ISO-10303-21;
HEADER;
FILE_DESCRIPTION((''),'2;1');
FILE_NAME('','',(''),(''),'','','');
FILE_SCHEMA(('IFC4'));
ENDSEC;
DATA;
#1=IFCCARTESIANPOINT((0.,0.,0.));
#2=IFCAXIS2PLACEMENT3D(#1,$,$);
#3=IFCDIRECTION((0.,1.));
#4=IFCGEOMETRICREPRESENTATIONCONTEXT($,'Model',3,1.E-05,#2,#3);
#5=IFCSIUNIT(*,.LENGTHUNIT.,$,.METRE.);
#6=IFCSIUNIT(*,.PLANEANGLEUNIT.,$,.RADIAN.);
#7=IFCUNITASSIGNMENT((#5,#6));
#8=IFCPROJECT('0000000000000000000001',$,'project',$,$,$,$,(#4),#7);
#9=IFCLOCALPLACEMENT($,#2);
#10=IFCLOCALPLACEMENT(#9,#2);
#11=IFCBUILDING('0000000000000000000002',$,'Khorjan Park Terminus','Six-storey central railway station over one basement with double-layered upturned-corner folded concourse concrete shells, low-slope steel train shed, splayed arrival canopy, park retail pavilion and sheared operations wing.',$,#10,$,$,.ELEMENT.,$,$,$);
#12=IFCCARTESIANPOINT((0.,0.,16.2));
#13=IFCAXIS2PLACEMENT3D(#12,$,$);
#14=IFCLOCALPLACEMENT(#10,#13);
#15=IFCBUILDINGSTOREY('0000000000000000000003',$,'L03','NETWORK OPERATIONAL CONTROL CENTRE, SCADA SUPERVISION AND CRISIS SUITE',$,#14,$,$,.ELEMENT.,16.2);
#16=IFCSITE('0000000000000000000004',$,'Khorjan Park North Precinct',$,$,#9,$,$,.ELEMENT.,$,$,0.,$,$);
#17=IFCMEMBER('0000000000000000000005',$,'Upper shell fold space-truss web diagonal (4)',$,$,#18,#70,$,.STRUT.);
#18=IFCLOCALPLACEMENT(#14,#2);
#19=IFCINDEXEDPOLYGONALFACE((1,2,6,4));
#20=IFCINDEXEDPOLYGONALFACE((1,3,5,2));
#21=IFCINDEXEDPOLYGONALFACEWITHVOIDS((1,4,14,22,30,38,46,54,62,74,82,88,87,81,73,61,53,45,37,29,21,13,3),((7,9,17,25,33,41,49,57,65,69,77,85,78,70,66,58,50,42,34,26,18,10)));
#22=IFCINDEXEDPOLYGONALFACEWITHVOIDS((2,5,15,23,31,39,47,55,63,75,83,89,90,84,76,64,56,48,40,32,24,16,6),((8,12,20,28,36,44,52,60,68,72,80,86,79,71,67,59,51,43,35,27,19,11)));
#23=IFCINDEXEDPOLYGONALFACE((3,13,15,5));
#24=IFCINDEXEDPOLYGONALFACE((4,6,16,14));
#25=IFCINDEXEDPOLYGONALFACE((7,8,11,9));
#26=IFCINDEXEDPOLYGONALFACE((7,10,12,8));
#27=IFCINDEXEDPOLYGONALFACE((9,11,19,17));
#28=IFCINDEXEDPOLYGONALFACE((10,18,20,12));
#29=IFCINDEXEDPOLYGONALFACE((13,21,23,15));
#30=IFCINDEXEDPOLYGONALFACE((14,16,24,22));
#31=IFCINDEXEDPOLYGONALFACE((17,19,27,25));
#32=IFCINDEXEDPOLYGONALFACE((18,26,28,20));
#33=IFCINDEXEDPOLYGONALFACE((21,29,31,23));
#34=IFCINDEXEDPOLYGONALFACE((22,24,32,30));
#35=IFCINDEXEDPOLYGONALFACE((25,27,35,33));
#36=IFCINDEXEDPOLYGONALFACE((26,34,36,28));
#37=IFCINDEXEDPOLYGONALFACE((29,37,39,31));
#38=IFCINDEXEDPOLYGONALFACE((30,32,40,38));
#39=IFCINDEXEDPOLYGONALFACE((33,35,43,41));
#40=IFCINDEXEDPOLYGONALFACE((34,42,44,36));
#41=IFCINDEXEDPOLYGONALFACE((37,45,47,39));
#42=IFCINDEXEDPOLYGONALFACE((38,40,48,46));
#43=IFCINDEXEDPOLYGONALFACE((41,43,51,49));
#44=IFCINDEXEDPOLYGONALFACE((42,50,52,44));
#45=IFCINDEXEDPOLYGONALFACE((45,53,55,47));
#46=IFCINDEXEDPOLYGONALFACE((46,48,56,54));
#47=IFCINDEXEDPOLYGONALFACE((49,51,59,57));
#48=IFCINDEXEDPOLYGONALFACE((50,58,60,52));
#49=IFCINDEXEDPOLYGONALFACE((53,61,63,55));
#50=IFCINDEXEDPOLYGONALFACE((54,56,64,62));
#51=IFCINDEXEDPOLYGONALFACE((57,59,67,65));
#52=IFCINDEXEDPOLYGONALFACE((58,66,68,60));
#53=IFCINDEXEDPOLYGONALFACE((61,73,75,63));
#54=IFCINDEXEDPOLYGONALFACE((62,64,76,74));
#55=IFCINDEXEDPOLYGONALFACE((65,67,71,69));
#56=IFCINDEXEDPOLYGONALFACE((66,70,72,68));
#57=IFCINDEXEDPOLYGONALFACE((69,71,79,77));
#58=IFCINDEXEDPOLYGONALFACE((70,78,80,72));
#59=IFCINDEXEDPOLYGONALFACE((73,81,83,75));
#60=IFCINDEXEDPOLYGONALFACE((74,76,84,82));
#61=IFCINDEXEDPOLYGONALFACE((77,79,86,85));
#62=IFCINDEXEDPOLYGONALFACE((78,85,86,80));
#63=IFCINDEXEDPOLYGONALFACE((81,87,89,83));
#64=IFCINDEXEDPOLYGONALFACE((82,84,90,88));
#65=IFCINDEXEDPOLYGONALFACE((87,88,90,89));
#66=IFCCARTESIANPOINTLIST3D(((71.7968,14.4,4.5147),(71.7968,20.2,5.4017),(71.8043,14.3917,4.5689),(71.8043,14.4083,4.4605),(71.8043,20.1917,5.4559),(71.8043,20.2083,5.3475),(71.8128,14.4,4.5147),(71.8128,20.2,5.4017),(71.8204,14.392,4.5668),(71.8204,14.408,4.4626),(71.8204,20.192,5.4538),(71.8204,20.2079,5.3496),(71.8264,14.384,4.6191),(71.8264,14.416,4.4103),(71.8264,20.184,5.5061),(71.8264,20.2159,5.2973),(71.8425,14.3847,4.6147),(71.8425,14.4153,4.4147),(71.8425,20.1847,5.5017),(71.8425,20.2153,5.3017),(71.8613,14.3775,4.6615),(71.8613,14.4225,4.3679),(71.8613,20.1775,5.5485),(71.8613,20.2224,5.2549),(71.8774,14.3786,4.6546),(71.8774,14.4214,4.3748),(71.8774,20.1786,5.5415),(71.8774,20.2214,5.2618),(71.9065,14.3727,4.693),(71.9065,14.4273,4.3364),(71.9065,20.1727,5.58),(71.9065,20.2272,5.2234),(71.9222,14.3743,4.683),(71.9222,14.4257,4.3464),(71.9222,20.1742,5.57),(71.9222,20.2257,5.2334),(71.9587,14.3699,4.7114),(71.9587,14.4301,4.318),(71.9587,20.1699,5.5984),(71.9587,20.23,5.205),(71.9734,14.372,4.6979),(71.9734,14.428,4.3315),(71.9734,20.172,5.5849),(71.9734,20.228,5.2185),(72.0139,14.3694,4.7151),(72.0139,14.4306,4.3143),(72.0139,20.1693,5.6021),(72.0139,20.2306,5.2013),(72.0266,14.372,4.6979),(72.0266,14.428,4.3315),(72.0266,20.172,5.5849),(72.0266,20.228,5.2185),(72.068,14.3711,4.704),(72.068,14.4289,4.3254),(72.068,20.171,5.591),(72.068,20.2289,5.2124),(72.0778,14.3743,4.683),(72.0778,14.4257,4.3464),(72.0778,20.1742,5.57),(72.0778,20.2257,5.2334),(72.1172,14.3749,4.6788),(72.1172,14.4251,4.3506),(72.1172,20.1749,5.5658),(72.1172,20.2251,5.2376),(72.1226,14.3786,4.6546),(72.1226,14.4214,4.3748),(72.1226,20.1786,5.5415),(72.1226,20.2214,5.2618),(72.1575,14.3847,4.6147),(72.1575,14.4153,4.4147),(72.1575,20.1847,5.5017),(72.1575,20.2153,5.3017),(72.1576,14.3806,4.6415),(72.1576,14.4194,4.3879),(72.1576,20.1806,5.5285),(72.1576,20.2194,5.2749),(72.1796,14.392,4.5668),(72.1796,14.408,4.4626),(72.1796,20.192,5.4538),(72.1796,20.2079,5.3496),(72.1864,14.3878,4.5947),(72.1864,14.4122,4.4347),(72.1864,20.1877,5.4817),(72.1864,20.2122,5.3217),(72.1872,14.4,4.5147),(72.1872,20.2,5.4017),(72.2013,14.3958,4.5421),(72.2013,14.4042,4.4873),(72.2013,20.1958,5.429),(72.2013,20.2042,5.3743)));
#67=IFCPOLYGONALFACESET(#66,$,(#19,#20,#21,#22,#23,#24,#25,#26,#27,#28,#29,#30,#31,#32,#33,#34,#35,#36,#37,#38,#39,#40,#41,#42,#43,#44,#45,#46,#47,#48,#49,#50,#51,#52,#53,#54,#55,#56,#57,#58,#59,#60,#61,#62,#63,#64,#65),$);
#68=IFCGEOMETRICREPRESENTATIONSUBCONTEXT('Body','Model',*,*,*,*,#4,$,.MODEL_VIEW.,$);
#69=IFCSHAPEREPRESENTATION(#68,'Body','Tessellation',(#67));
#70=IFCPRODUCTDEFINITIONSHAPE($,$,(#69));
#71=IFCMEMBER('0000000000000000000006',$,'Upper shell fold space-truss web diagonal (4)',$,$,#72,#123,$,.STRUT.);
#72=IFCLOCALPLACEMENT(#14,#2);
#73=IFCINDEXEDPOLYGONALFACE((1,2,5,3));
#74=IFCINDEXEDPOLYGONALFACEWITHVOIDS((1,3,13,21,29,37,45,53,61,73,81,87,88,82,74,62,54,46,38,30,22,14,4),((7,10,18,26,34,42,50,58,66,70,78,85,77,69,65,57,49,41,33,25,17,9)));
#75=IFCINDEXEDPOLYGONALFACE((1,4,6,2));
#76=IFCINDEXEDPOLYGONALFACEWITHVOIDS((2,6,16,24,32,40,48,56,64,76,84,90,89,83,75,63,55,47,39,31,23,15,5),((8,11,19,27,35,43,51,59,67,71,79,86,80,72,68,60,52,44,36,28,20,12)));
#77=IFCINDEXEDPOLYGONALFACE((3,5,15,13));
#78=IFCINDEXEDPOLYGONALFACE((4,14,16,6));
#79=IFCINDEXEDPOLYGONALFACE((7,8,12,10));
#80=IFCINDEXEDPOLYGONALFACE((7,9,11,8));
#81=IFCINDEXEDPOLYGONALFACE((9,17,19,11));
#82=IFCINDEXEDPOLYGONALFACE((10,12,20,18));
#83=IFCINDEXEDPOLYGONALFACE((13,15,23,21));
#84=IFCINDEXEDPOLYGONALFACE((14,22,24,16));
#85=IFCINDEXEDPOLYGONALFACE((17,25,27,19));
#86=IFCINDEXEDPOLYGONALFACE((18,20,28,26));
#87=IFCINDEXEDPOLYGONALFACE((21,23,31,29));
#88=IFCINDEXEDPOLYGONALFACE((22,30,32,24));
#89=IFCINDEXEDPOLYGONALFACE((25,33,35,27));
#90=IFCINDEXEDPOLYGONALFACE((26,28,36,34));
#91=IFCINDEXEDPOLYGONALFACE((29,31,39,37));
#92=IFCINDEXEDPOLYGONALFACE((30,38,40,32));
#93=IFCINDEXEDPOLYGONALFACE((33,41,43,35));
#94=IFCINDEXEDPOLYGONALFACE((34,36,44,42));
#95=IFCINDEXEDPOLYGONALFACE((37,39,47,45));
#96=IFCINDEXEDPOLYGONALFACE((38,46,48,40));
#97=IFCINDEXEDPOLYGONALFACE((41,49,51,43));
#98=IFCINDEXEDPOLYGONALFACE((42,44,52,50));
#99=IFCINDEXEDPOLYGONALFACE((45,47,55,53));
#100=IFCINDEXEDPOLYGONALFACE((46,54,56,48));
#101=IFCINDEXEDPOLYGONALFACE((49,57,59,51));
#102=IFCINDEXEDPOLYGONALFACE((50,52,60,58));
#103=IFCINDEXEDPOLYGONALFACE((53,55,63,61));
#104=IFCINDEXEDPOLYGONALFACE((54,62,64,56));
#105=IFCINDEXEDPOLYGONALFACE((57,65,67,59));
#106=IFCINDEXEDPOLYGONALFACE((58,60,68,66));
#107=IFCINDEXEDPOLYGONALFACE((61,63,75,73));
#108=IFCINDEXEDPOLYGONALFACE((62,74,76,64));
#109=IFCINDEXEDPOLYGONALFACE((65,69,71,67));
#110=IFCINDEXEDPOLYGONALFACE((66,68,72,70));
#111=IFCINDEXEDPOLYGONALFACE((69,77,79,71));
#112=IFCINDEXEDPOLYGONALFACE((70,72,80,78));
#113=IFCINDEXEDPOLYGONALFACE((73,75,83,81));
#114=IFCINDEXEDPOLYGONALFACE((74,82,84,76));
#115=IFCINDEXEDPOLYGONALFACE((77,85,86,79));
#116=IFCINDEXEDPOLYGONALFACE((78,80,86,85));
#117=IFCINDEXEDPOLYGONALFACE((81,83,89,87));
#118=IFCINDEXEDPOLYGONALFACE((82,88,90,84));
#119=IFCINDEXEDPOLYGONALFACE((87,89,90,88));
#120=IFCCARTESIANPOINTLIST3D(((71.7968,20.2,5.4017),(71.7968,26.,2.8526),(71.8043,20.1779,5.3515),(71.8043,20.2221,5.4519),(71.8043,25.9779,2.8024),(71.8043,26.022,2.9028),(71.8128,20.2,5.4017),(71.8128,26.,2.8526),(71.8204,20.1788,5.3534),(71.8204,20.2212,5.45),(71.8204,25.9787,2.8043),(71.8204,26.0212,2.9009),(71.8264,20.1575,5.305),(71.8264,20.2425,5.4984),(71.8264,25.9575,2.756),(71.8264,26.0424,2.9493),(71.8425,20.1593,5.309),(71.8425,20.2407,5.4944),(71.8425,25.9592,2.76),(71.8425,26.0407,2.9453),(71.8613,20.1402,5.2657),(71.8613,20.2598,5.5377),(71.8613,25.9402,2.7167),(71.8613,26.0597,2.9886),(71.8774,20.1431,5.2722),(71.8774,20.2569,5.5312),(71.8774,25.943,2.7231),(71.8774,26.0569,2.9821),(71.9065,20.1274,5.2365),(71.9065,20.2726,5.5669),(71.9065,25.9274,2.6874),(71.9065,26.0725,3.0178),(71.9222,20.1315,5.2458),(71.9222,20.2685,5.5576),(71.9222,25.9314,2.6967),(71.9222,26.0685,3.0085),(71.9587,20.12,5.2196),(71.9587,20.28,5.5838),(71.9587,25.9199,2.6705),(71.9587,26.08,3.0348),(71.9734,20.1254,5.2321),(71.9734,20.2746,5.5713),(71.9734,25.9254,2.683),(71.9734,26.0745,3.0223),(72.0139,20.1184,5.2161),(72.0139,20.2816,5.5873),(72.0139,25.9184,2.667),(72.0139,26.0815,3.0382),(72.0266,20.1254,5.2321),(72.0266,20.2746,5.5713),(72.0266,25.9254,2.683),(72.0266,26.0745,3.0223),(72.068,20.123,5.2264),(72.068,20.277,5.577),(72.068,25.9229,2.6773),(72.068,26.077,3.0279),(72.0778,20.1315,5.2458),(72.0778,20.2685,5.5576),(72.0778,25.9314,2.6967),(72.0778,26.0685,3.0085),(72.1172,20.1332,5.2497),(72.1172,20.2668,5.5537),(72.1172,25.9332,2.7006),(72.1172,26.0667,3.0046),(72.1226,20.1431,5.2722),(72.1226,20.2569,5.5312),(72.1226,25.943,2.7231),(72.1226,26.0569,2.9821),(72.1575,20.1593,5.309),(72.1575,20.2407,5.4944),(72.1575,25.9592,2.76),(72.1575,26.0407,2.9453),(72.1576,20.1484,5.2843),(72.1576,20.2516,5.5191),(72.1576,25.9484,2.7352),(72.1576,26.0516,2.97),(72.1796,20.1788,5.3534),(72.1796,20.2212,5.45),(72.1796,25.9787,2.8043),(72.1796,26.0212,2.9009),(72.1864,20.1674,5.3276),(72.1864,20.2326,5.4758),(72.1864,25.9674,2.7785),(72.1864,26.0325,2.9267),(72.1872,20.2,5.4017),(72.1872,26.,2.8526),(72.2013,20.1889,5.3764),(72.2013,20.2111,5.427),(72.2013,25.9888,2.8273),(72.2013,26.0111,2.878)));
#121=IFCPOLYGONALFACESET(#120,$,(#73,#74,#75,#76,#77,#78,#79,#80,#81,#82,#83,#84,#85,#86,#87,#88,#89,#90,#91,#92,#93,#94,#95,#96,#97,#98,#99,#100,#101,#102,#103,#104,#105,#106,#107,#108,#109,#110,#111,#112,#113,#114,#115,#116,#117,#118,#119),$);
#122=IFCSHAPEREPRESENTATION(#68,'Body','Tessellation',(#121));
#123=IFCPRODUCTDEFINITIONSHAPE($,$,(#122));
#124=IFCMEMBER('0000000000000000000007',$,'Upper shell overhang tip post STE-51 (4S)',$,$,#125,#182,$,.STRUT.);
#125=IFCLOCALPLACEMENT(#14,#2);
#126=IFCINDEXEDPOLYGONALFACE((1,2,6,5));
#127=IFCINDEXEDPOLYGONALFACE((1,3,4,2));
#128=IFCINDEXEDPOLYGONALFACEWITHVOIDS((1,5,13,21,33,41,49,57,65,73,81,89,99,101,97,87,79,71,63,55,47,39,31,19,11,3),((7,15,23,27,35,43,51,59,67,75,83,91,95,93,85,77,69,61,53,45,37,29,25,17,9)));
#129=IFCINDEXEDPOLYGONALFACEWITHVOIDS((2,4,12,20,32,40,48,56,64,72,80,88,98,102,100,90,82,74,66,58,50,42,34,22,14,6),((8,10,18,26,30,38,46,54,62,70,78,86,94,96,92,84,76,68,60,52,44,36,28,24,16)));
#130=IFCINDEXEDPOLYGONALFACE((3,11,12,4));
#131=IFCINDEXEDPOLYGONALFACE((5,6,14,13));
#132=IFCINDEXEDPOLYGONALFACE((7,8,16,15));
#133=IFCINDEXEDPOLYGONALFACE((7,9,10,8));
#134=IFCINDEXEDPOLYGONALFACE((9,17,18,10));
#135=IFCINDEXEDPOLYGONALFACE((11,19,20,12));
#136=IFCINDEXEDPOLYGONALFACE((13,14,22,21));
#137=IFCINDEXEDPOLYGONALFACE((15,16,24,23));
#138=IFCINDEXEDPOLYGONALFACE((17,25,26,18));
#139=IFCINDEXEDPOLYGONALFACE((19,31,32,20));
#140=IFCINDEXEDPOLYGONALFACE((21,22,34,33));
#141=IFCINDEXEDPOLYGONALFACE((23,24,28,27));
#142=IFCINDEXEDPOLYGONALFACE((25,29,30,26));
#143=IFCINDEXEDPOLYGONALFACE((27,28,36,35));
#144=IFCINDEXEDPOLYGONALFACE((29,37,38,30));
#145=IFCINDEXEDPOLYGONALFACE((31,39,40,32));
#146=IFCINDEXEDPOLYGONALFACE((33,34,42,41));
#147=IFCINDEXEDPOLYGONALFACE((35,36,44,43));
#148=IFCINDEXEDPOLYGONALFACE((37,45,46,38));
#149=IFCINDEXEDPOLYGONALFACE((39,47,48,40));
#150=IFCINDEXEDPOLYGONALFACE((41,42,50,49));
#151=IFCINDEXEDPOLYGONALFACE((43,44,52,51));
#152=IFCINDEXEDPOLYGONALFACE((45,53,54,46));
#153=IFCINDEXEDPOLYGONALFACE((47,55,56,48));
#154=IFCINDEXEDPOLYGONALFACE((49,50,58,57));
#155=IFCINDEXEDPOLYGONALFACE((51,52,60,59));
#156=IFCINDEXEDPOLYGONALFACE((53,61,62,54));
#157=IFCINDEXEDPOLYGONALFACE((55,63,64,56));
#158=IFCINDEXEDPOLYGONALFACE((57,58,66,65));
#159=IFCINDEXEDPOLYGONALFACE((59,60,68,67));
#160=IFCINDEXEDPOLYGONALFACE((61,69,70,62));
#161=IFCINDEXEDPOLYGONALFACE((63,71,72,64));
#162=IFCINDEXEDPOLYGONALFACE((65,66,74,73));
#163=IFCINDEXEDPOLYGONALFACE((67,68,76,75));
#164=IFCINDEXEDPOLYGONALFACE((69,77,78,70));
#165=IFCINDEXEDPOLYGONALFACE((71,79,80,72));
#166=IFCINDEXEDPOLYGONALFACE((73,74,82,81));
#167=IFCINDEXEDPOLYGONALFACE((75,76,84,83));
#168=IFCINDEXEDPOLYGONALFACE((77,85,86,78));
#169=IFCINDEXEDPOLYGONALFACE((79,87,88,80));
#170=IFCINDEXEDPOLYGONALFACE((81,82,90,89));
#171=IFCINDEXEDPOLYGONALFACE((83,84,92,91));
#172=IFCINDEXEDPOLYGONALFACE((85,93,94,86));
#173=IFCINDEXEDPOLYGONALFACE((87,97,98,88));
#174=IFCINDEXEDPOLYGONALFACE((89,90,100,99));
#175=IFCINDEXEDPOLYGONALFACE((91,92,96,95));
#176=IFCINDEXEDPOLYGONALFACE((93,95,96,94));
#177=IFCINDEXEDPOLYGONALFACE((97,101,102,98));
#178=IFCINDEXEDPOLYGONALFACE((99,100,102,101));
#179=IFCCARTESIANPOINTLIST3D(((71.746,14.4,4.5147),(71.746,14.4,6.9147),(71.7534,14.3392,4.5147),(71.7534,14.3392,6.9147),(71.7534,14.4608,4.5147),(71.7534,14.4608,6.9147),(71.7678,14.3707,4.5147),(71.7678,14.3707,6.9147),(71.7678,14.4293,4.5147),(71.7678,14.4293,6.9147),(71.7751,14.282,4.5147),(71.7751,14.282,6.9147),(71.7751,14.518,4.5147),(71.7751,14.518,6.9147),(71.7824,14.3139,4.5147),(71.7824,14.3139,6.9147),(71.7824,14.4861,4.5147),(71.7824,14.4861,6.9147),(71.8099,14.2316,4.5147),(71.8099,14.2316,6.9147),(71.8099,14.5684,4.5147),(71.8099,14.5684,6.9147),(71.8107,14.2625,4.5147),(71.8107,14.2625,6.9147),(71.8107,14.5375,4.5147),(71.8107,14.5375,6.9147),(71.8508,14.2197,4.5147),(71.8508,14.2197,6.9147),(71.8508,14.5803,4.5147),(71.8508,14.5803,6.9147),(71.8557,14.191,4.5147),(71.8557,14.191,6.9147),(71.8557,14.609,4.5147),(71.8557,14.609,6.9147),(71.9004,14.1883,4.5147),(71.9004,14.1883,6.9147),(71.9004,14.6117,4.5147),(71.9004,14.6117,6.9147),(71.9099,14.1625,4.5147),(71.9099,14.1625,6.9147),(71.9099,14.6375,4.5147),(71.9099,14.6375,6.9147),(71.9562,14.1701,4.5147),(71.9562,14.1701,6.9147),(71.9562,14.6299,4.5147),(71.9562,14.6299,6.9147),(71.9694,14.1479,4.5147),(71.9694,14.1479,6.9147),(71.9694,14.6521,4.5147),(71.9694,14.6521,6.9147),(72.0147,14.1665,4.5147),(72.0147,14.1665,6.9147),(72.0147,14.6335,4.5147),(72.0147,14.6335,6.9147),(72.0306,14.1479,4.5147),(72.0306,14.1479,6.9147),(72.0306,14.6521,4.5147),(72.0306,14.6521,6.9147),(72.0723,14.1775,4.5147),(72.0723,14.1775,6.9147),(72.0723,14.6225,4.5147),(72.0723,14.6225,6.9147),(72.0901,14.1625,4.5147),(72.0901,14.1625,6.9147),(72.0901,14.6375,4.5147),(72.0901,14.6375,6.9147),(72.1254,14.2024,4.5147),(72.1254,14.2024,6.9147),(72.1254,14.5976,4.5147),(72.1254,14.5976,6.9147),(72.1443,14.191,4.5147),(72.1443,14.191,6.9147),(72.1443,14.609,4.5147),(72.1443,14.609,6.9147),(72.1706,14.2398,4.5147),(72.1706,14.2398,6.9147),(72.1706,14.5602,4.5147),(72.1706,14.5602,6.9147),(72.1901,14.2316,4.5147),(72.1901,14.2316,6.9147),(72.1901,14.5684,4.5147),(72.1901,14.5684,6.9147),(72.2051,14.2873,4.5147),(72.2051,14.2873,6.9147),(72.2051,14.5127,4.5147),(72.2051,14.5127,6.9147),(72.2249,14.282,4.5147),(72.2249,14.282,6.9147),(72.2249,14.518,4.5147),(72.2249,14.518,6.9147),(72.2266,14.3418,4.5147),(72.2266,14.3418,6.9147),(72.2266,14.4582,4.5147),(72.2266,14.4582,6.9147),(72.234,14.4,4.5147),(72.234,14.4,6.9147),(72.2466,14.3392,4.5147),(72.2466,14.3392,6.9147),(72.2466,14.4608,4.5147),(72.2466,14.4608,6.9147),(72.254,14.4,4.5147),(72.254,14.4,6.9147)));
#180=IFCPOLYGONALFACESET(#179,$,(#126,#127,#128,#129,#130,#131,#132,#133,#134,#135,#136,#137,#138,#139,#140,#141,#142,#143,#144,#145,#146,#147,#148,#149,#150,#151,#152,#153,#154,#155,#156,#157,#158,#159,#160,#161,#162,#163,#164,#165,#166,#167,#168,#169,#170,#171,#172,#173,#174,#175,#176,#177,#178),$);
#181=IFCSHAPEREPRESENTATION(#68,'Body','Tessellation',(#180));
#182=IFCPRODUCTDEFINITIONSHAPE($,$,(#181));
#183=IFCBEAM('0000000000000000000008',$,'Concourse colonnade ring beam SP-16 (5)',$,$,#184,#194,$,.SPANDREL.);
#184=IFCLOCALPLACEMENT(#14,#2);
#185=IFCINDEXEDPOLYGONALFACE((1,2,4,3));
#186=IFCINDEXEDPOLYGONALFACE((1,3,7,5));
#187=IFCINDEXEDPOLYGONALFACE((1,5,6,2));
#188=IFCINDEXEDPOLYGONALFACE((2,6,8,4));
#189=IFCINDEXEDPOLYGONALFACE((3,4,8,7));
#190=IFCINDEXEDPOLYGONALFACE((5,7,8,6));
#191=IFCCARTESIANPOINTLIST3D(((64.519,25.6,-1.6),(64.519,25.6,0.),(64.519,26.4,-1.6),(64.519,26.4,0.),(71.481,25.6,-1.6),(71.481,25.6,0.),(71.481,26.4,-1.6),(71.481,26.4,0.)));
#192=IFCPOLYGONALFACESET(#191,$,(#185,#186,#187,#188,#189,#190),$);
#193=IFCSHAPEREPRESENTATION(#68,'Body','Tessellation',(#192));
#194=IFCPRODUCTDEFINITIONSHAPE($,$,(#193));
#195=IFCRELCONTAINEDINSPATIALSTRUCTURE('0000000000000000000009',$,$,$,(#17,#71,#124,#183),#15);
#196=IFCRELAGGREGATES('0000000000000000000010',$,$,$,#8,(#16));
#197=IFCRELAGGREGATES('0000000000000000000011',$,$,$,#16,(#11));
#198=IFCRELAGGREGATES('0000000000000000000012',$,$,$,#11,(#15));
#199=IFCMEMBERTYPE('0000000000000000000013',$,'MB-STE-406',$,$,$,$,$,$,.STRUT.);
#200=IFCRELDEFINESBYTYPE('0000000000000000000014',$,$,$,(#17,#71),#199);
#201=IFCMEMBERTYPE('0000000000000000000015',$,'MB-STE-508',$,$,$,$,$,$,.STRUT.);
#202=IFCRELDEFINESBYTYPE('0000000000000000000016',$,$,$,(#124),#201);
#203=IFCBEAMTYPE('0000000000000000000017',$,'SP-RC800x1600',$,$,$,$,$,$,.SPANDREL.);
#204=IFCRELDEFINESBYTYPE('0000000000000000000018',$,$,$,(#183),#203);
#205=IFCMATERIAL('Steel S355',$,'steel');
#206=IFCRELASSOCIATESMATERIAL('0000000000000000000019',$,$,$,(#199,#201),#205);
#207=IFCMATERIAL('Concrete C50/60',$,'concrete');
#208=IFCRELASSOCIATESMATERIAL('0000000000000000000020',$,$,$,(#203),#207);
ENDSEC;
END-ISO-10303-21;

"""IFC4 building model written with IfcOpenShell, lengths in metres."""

from ifc_helpers import new_model, si_unit, direction, frame, origin, origin_2d, place, context, subcontext, project, spatial, rectangle, hollow_circle, extrude, material, material_profile, profile_set, type_object, element, save


model = new_model("IFC4")

# Units and contexts
model_context = context("Model", 3, precision=1e-05, world=origin(), true_north=direction((0.0, 1.0)))
body_context = subcontext(model_context, "Body", "Model", "MODEL_VIEW")
ifc_project = project(units=[si_unit("LENGTHUNIT", "METRE"), si_unit("PLANEANGLEUNIT", "RADIAN")], contexts=[model_context])

# Site, building, storey
site_placement = place(None, origin())
site = spatial("IfcSite", under=ifc_project, at=site_placement, Name="Khorjan Park North Precinct", CompositionType="ELEMENT", RefElevation=0.0)
building_placement = place(site_placement, origin())
building = spatial("IfcBuilding", under=site, at=building_placement, Name="Khorjan Park Terminus", Description="Six-storey central railway station over one basement with double-layered upturned-corner folded concourse concrete shells, low-slope steel train shed, splayed arrival canopy, park retail pavilion and sheared operations wing.", CompositionType="ELEMENT")
storey_placement = place(building_placement, frame((0.0, 0.0, 16.2)))
storey = spatial("IfcBuildingStorey", under=building, at=storey_placement, Name="L03", Description="NETWORK OPERATIONAL CONTROL CENTRE, SCADA SUPERVISION AND CRISIS SUITE", CompositionType="ELEMENT", Elevation=16.2)

# Shared definitions
ifc_material_1 = material(Name="Concrete C50/60", Category="concrete")

# Members
ifc_material_2 = material(Name="Steel S355", Category="steel")
ifc_material_profile_1 = material_profile(ifc_material_2, hollow_circle(Radius=0.2032, WallThickness=0.016, at=origin_2d()), Name="CHS 406.4x16")
ifc_profile_set_1 = profile_set([ifc_material_profile_1], Name="Steel S355")
member_type_1 = type_object("IfcMemberType", Name="MB-STE-406", PredefinedType="STRUT", material=ifc_profile_set_1)
member_1_placement = place(storey_placement, frame((72.0, 14.4, 4.5147), z_axis=(0.0, 0.988507, 0.151173), x_axis=(-1.0, 0.0, 0.0)))
element("IfcMember", 1, at=member_1_placement, inside=storey, type_object=member_type_1, Name="Upper shell fold space-truss web diagonal (4)", PredefinedType="STRUT", context=body_context, shape_type="SweptSolid", body=[
    extrude(hollow_circle(Radius=0.2032, WallThickness=0.016, at=origin_2d()), origin(), (0.0, 0.0, 1.0), 5.8674),
])
member_2_placement = place(storey_placement, frame((72.0, 20.2, 5.4017), z_axis=(0.0, 0.915484, -0.402355), x_axis=(-1.0, 0.0, 0.0)))
element("IfcMember", 2, at=member_2_placement, inside=storey, type_object=member_type_1, Name="Upper shell fold space-truss web diagonal (4)", PredefinedType="STRUT", context=body_context, shape_type="SweptSolid", body=[
    extrude(hollow_circle(Radius=0.2032, WallThickness=0.016, at=origin_2d()), origin(), (0.0, 0.0, 1.0), 6.3354),
])
ifc_material_profile_2 = material_profile(ifc_material_2, hollow_circle(Radius=0.254, WallThickness=0.02, at=origin_2d()), Name="CHS 508x20")
ifc_profile_set_2 = profile_set([ifc_material_profile_2], Name="Steel S355")
member_type_2 = type_object("IfcMemberType", Name="MB-STE-508", PredefinedType="STRUT", material=ifc_profile_set_2)
member_3_placement = place(storey_placement, frame((72.0, 14.4, 4.5147), z_axis=(0.0, 0.0, 1.0), x_axis=(1.0, 0.0, 0.0)))
element("IfcMember", 3, at=member_3_placement, inside=storey, type_object=member_type_2, Name="Upper shell overhang tip post STE-51 (4S)", PredefinedType="STRUT", context=body_context, shape_type="SweptSolid", body=[
    extrude(hollow_circle(Radius=0.254, WallThickness=0.02, at=origin_2d()), origin(), (0.0, 0.0, 1.0), 2.4),
])

# Beam
ifc_material_profile_3 = material_profile(ifc_material_1, rectangle(XDim=0.8, YDim=1.6, at=origin_2d()), Name="RC 800x1600")
ifc_profile_set_3 = profile_set([ifc_material_profile_3], Name="Concrete C50/60")
beam_type_1 = type_object("IfcBeamType", Name="SP-RC800x1600", PredefinedType="SPANDREL", material=ifc_profile_set_3)
for number, where, z_axis, x_axis, name in (
    (4, (64.519, 26.0, -0.8), (1.0, 0.0, 0.0), (0.0, 1.0, 0.0), "Concourse colonnade ring beam SP-16 (5)"),
):
    element("IfcBeam", number, at=place(storey_placement, frame(where, z_axis=z_axis, x_axis=x_axis)), inside=storey, type_object=beam_type_1, Name=name, PredefinedType="SPANDREL", context=body_context, shape_type="SweptSolid", body=[
        extrude(rectangle(XDim=0.8, YDim=1.6, at=origin_2d()), origin(), (0.0, 0.0, 1.0), 6.962),
    ])

save(model, "model.ifc")
